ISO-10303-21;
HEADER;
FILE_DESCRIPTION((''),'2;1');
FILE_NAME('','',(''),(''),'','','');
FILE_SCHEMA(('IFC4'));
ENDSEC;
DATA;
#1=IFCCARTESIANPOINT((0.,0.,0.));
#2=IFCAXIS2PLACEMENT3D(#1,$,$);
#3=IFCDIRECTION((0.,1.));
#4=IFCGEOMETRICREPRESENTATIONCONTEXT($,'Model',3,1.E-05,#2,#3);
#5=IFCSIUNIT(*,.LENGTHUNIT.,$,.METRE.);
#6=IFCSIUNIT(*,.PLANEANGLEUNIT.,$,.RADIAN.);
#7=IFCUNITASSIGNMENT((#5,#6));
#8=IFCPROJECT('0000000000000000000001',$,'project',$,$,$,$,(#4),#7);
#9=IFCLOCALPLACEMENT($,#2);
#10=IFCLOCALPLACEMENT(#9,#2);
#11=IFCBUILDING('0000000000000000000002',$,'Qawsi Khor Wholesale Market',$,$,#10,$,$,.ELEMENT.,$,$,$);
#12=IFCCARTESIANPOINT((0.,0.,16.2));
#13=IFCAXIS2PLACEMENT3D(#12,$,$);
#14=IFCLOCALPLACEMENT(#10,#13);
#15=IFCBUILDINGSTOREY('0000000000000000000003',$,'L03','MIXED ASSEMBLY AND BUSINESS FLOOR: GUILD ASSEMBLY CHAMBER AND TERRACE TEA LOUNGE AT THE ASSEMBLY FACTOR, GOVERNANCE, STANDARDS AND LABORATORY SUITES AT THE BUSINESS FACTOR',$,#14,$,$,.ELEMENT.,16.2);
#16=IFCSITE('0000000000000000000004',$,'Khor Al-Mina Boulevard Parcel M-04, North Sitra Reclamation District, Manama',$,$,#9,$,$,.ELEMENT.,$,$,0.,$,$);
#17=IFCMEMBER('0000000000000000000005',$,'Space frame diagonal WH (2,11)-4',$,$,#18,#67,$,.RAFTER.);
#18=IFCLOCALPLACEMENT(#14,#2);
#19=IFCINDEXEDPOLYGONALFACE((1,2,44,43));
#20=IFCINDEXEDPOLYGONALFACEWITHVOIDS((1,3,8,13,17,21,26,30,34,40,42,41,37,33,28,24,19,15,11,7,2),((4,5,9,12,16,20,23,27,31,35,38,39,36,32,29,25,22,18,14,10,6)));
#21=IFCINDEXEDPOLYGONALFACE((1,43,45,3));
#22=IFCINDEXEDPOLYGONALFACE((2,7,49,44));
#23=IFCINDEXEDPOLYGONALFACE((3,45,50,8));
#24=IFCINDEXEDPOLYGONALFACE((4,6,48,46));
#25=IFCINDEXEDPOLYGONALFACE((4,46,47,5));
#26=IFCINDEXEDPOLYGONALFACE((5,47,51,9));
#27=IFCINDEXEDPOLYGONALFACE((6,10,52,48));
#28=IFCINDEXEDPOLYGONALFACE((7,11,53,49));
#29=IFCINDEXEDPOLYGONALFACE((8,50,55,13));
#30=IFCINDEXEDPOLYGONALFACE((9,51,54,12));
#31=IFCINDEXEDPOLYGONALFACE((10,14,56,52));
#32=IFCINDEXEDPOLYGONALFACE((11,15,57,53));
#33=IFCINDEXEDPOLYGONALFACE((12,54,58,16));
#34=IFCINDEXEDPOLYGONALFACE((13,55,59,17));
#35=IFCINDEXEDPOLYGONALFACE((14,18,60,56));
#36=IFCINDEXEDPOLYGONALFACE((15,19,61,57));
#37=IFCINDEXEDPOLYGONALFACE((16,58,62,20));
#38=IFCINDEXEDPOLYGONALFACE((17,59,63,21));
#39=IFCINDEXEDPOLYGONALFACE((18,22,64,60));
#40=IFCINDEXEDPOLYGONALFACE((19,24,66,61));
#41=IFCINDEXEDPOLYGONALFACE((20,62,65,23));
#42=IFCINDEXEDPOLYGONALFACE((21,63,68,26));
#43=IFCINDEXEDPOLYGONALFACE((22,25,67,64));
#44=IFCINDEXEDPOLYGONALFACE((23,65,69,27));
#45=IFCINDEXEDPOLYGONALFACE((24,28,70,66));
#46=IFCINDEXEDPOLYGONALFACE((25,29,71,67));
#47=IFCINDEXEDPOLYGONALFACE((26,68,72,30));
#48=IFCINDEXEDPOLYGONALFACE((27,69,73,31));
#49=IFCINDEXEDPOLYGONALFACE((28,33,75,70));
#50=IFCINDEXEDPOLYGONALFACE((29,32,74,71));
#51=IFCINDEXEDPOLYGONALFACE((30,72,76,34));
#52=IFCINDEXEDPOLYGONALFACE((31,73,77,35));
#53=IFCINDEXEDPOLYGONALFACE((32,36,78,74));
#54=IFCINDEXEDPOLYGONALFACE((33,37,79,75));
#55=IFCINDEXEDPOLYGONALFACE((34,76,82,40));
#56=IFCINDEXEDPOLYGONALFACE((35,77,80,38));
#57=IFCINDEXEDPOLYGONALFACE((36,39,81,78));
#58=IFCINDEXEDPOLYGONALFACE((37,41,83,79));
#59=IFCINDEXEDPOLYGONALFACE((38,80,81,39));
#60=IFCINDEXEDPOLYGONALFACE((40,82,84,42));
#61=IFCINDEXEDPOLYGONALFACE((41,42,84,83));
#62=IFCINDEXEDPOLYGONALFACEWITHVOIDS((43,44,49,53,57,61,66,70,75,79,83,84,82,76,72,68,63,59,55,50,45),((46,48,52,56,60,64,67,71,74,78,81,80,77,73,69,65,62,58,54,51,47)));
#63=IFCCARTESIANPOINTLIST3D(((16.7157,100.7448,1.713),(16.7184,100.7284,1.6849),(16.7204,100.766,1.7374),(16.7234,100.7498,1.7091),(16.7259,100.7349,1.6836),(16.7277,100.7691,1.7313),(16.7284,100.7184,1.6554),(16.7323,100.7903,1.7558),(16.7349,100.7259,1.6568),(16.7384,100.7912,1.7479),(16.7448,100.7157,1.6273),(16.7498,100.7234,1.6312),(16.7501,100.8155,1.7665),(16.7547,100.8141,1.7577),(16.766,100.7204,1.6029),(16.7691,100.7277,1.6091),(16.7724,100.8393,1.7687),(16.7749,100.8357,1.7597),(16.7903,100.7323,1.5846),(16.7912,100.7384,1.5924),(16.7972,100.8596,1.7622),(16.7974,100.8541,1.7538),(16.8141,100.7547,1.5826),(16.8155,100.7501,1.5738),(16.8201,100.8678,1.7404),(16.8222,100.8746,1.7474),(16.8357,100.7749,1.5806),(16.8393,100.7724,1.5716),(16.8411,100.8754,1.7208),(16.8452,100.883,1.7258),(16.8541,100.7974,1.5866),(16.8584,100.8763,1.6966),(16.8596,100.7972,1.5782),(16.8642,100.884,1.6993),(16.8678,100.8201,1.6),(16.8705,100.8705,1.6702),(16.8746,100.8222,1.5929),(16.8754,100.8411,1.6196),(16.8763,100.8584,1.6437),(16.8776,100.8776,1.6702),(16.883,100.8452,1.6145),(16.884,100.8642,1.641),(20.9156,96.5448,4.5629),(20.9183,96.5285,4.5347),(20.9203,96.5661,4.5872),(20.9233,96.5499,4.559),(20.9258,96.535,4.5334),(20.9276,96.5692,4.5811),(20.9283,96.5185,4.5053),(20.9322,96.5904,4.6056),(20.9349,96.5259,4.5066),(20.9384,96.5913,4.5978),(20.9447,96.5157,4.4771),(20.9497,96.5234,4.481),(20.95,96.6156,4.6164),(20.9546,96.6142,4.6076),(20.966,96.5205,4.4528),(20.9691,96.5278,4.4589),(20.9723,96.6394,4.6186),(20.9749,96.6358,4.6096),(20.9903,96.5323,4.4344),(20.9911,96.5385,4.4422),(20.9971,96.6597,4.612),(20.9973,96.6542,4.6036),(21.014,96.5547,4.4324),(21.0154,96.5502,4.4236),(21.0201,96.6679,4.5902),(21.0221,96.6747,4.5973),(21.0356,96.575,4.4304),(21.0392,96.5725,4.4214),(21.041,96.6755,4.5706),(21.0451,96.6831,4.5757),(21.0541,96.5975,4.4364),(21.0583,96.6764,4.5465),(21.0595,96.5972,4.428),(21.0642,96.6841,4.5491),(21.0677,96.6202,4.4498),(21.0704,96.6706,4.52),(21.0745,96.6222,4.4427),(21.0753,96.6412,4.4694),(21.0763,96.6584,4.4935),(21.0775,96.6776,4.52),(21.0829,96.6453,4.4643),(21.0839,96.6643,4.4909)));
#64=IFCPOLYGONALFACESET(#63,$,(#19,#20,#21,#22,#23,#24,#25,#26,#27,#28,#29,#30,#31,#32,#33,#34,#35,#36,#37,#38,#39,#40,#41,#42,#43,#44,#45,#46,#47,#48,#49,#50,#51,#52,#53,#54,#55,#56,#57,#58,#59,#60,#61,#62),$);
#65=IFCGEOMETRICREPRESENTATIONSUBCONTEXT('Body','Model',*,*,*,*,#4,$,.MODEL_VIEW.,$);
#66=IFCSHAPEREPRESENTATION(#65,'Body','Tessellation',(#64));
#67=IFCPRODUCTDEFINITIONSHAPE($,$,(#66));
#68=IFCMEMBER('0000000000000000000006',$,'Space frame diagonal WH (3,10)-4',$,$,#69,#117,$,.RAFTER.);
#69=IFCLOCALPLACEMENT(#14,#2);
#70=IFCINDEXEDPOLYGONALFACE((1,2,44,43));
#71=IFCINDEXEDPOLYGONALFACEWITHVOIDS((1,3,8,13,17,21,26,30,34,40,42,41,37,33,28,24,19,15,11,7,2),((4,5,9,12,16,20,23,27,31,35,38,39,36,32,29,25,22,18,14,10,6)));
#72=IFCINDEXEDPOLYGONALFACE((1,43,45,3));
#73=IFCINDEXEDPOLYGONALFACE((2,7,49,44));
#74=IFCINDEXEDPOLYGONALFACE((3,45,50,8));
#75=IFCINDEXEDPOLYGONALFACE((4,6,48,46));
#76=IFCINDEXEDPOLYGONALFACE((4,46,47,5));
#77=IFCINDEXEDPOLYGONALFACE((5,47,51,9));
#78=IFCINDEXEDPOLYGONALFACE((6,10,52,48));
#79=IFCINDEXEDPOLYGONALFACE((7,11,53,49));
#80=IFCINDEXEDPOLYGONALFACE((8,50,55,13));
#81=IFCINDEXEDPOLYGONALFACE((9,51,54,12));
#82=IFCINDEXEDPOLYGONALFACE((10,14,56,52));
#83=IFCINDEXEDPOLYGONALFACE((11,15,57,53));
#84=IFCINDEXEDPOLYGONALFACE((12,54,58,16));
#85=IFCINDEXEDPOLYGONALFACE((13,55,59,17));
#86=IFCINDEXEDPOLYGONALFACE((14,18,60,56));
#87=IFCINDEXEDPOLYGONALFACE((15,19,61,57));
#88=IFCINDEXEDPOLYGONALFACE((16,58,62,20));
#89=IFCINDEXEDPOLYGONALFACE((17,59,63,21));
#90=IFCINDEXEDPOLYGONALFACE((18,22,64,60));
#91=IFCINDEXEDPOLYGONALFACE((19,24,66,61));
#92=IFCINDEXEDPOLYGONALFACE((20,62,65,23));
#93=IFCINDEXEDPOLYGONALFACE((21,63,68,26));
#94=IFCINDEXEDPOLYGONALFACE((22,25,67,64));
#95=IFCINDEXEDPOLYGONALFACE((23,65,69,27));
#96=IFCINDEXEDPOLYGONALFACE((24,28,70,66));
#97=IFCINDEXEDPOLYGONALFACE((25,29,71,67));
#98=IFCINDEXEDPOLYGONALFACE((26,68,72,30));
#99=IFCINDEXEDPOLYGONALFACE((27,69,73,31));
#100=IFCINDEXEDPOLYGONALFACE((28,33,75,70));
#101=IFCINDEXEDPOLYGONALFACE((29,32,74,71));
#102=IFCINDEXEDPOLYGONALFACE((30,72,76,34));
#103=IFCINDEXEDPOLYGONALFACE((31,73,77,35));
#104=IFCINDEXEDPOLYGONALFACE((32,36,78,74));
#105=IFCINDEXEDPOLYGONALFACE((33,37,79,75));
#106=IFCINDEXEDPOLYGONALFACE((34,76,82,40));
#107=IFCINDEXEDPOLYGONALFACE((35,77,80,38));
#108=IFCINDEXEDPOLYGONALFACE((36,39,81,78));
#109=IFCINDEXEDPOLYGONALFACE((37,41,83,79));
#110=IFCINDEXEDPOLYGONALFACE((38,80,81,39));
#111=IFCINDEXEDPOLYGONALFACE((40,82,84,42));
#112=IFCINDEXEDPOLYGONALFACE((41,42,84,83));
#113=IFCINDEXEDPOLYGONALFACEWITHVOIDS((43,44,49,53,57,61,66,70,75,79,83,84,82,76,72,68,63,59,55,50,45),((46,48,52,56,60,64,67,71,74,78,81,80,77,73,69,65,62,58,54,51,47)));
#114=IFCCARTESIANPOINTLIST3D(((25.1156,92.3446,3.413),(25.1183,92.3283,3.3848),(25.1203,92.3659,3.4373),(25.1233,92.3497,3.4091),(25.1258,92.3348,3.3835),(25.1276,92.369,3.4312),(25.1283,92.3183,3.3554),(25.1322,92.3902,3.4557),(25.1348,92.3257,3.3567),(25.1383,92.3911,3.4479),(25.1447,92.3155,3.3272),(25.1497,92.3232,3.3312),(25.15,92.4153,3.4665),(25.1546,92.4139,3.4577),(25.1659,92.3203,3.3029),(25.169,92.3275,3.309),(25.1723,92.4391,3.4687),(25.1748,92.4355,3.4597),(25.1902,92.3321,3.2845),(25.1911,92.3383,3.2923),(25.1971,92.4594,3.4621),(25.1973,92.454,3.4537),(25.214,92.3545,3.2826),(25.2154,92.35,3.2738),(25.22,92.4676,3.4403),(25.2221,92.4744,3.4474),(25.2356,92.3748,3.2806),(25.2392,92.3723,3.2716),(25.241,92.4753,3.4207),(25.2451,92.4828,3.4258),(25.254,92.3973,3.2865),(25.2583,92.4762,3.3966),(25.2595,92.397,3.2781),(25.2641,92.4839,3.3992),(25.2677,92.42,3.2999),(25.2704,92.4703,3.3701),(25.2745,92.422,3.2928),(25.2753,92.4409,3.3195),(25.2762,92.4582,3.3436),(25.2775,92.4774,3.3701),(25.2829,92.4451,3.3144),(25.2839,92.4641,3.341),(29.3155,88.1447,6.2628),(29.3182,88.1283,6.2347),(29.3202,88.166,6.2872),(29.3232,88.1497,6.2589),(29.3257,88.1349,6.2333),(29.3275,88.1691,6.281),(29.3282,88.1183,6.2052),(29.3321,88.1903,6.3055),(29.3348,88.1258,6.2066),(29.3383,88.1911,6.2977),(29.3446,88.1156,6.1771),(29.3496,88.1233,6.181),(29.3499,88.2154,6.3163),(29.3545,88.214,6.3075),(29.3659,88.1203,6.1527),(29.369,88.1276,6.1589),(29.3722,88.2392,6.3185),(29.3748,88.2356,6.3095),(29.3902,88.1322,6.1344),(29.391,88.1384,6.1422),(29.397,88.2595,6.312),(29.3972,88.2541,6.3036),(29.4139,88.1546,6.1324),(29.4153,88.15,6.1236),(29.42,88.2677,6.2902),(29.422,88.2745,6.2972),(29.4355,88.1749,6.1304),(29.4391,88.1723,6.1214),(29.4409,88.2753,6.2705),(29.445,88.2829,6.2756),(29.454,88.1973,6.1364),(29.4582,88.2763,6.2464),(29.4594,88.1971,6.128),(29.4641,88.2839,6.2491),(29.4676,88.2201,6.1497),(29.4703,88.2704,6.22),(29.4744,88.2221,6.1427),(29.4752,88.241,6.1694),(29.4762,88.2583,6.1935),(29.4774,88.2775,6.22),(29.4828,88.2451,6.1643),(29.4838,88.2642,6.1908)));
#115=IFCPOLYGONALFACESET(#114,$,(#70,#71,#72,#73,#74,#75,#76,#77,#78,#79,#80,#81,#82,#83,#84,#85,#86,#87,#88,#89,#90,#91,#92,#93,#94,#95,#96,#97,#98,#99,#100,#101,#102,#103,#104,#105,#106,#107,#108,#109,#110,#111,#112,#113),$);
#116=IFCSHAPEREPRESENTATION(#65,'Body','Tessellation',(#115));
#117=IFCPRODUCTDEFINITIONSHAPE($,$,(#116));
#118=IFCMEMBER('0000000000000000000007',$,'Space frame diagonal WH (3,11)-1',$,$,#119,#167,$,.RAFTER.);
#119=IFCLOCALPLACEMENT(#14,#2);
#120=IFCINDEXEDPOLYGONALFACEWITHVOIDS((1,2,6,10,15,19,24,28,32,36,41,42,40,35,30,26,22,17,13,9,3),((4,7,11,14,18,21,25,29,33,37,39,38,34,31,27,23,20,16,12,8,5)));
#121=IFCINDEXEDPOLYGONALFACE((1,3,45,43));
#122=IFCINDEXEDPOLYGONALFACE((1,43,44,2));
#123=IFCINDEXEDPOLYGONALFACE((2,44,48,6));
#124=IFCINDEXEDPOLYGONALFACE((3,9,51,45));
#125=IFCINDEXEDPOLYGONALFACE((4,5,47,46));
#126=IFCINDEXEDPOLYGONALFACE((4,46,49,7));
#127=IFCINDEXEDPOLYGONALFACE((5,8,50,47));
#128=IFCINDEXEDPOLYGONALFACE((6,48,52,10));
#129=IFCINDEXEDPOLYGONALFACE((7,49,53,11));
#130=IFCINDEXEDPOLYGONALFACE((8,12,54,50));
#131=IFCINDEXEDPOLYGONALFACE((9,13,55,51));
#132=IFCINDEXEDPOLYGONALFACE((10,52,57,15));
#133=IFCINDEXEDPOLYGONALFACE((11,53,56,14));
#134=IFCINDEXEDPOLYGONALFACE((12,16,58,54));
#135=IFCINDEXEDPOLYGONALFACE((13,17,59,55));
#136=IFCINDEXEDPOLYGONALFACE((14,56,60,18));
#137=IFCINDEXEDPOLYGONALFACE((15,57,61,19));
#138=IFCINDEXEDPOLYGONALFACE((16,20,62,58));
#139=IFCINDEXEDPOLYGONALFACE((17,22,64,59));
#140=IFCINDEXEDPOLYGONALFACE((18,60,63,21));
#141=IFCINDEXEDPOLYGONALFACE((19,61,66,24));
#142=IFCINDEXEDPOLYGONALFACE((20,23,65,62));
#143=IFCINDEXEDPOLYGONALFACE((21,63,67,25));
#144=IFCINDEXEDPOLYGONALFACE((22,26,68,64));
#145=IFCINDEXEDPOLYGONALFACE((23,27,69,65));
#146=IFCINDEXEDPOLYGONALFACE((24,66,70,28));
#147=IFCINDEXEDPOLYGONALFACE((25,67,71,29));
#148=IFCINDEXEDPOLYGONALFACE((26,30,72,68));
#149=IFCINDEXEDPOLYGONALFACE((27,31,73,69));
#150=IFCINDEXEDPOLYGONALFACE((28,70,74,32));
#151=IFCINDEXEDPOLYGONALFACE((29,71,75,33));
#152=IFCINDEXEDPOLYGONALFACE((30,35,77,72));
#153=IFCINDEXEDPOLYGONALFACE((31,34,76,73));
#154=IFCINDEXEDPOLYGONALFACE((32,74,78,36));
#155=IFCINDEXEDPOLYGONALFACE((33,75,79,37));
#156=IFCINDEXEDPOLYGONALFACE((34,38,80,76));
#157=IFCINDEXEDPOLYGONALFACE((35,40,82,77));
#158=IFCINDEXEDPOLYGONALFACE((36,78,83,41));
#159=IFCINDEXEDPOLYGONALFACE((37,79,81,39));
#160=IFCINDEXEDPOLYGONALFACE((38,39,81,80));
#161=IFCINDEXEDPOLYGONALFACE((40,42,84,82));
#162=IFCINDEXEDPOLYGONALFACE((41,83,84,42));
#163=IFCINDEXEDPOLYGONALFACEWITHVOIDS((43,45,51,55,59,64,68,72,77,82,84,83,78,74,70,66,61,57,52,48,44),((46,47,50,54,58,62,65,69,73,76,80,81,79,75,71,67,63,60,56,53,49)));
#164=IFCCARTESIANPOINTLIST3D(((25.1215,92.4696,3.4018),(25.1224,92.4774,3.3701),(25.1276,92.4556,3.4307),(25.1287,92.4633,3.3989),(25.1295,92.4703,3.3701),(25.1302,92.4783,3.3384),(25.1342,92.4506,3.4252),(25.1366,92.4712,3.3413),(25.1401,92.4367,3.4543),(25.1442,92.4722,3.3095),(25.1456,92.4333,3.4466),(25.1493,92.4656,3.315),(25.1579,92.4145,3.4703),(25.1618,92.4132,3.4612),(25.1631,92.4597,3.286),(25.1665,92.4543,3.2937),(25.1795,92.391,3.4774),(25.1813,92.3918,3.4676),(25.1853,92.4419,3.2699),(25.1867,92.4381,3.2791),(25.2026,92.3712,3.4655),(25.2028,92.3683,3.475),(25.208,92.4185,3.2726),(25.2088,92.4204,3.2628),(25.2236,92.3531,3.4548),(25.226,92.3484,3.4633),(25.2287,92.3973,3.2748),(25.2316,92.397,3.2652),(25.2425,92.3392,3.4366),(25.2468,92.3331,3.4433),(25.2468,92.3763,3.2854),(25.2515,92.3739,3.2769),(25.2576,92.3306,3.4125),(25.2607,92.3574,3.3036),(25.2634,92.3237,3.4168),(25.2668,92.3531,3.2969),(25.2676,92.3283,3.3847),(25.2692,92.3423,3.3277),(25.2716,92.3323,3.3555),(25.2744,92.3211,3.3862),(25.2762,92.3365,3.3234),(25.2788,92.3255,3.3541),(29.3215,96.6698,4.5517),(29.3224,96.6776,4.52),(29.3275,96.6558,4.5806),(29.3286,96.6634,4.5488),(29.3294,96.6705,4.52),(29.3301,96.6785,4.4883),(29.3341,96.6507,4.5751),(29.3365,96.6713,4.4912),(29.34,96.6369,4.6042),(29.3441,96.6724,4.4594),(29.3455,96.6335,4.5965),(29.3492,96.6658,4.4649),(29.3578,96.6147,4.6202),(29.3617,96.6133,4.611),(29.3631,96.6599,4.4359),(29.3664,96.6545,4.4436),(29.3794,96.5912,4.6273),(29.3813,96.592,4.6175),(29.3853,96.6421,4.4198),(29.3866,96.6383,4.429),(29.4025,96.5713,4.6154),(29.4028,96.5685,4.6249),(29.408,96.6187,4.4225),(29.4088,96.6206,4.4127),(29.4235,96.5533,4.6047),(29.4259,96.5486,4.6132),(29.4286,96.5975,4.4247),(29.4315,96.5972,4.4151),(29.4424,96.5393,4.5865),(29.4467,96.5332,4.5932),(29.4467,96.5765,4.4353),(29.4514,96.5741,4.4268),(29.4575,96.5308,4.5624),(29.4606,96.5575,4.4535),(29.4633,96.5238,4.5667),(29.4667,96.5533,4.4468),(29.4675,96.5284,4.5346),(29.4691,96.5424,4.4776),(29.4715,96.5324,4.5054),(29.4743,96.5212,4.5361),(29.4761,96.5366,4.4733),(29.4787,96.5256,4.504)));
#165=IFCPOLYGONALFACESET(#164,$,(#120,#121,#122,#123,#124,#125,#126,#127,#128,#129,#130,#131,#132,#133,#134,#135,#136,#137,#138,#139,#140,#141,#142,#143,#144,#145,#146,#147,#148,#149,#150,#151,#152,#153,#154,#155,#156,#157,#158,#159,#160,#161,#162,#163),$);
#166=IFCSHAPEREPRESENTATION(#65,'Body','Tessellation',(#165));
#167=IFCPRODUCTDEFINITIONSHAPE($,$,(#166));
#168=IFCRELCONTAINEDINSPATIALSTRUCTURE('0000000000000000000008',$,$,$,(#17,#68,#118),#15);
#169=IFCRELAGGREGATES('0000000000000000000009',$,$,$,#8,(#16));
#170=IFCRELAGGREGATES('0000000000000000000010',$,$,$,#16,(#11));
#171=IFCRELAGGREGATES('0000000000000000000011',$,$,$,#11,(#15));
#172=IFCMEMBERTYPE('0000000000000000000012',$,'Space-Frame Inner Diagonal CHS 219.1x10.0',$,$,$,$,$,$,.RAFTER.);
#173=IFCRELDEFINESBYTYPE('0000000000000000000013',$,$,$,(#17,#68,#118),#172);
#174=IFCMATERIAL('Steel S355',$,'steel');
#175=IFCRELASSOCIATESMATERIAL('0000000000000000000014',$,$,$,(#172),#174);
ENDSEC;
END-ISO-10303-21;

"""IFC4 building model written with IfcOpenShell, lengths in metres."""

from ifc_helpers import new_model, si_unit, direction, frame, origin, origin_2d, place, context, subcontext, project, spatial, hollow_circle, extrude, material, material_profile, profile_set, type_object, element, save


model = new_model("IFC4")

# Units and contexts
model_context = context("Model", 3, precision=1e-05, world=origin(), true_north=direction((0.0, 1.0)))
body_context = subcontext(model_context, "Body", "Model", "MODEL_VIEW")
ifc_project = project(units=[si_unit("LENGTHUNIT", "METRE"), si_unit("PLANEANGLEUNIT", "RADIAN")], contexts=[model_context])

# Site, building, storey
site_placement = place(None, origin())
site = spatial("IfcSite", under=ifc_project, at=site_placement, Name="Khor Al-Mina Boulevard Parcel M-04, North Sitra Reclamation District, Manama", CompositionType="ELEMENT", RefElevation=0.0)
building_placement = place(site_placement, origin())
building = spatial("IfcBuilding", under=site, at=building_placement, Name="Qawsi Khor Wholesale Market", CompositionType="ELEMENT")
storey_placement = place(building_placement, frame((0.0, 0.0, 16.2)))
storey = spatial("IfcBuildingStorey", under=building, at=storey_placement, Name="L03", Description="MIXED ASSEMBLY AND BUSINESS FLOOR: GUILD ASSEMBLY CHAMBER AND TERRACE TEA LOUNGE AT THE ASSEMBLY FACTOR, GOVERNANCE, STANDARDS AND LABORATORY SUITES AT THE BUSINESS FACTOR", CompositionType="ELEMENT", Elevation=16.2)

# Members
ifc_material_1 = material(Name="Steel S355", Category="steel")
ifc_material_profile_1 = material_profile(ifc_material_1, hollow_circle(Radius=0.1096, WallThickness=0.01, at=origin_2d()), Name="CHS 219.1x10.0")
ifc_profile_set_1 = profile_set([ifc_material_profile_1], Name="Steel S355")
member_type_1 = type_object("IfcMemberType", Name="Space-Frame Inner Diagonal CHS 219.1x10.0", PredefinedType="RAFTER", material=ifc_profile_set_1)
for number, where, z_axis, x_axis, name in (
    (1, (16.8, 100.8, 1.6702), (0.637522, -0.637522, 0.432587), (0.707107, 0.707107, 0.0), "Space frame diagonal WH (2,11)-4"),
    (2, (25.2, 92.3999, 3.3701), (0.637522, -0.637522, 0.432587), (0.707107, 0.707107, 0.0), "Space frame diagonal WH (3,10)-4"),
):
    element("IfcMember", number, at=place(storey_placement, frame(where, z_axis=z_axis, x_axis=x_axis)), inside=storey, type_object=member_type_1, Name=name, PredefinedType="RAFTER", context=body_context, shape_type="SweptSolid", body=[
        extrude(hollow_circle(Radius=0.1096, WallThickness=0.01, at=origin_2d()), origin(), (0.0, 0.0, 1.0), 6.5879),
    ])
member_1_placement = place(storey_placement, frame((25.2, 92.3999, 3.3701), z_axis=(0.694197, 0.694238, 0.190064), x_axis=(-0.707127, 0.707086, 0.0)))
element("IfcMember", 3, at=member_1_placement, inside=storey, type_object=member_type_1, Name="Space frame diagonal WH (3,11)-1", PredefinedType="RAFTER", context=body_context, shape_type="SweptSolid", body=[
    extrude(hollow_circle(Radius=0.1096, WallThickness=0.01, at=origin_2d()), origin(), (0.0, 0.0, 1.0), 6.05),
])

save(model, "model.ifc")
